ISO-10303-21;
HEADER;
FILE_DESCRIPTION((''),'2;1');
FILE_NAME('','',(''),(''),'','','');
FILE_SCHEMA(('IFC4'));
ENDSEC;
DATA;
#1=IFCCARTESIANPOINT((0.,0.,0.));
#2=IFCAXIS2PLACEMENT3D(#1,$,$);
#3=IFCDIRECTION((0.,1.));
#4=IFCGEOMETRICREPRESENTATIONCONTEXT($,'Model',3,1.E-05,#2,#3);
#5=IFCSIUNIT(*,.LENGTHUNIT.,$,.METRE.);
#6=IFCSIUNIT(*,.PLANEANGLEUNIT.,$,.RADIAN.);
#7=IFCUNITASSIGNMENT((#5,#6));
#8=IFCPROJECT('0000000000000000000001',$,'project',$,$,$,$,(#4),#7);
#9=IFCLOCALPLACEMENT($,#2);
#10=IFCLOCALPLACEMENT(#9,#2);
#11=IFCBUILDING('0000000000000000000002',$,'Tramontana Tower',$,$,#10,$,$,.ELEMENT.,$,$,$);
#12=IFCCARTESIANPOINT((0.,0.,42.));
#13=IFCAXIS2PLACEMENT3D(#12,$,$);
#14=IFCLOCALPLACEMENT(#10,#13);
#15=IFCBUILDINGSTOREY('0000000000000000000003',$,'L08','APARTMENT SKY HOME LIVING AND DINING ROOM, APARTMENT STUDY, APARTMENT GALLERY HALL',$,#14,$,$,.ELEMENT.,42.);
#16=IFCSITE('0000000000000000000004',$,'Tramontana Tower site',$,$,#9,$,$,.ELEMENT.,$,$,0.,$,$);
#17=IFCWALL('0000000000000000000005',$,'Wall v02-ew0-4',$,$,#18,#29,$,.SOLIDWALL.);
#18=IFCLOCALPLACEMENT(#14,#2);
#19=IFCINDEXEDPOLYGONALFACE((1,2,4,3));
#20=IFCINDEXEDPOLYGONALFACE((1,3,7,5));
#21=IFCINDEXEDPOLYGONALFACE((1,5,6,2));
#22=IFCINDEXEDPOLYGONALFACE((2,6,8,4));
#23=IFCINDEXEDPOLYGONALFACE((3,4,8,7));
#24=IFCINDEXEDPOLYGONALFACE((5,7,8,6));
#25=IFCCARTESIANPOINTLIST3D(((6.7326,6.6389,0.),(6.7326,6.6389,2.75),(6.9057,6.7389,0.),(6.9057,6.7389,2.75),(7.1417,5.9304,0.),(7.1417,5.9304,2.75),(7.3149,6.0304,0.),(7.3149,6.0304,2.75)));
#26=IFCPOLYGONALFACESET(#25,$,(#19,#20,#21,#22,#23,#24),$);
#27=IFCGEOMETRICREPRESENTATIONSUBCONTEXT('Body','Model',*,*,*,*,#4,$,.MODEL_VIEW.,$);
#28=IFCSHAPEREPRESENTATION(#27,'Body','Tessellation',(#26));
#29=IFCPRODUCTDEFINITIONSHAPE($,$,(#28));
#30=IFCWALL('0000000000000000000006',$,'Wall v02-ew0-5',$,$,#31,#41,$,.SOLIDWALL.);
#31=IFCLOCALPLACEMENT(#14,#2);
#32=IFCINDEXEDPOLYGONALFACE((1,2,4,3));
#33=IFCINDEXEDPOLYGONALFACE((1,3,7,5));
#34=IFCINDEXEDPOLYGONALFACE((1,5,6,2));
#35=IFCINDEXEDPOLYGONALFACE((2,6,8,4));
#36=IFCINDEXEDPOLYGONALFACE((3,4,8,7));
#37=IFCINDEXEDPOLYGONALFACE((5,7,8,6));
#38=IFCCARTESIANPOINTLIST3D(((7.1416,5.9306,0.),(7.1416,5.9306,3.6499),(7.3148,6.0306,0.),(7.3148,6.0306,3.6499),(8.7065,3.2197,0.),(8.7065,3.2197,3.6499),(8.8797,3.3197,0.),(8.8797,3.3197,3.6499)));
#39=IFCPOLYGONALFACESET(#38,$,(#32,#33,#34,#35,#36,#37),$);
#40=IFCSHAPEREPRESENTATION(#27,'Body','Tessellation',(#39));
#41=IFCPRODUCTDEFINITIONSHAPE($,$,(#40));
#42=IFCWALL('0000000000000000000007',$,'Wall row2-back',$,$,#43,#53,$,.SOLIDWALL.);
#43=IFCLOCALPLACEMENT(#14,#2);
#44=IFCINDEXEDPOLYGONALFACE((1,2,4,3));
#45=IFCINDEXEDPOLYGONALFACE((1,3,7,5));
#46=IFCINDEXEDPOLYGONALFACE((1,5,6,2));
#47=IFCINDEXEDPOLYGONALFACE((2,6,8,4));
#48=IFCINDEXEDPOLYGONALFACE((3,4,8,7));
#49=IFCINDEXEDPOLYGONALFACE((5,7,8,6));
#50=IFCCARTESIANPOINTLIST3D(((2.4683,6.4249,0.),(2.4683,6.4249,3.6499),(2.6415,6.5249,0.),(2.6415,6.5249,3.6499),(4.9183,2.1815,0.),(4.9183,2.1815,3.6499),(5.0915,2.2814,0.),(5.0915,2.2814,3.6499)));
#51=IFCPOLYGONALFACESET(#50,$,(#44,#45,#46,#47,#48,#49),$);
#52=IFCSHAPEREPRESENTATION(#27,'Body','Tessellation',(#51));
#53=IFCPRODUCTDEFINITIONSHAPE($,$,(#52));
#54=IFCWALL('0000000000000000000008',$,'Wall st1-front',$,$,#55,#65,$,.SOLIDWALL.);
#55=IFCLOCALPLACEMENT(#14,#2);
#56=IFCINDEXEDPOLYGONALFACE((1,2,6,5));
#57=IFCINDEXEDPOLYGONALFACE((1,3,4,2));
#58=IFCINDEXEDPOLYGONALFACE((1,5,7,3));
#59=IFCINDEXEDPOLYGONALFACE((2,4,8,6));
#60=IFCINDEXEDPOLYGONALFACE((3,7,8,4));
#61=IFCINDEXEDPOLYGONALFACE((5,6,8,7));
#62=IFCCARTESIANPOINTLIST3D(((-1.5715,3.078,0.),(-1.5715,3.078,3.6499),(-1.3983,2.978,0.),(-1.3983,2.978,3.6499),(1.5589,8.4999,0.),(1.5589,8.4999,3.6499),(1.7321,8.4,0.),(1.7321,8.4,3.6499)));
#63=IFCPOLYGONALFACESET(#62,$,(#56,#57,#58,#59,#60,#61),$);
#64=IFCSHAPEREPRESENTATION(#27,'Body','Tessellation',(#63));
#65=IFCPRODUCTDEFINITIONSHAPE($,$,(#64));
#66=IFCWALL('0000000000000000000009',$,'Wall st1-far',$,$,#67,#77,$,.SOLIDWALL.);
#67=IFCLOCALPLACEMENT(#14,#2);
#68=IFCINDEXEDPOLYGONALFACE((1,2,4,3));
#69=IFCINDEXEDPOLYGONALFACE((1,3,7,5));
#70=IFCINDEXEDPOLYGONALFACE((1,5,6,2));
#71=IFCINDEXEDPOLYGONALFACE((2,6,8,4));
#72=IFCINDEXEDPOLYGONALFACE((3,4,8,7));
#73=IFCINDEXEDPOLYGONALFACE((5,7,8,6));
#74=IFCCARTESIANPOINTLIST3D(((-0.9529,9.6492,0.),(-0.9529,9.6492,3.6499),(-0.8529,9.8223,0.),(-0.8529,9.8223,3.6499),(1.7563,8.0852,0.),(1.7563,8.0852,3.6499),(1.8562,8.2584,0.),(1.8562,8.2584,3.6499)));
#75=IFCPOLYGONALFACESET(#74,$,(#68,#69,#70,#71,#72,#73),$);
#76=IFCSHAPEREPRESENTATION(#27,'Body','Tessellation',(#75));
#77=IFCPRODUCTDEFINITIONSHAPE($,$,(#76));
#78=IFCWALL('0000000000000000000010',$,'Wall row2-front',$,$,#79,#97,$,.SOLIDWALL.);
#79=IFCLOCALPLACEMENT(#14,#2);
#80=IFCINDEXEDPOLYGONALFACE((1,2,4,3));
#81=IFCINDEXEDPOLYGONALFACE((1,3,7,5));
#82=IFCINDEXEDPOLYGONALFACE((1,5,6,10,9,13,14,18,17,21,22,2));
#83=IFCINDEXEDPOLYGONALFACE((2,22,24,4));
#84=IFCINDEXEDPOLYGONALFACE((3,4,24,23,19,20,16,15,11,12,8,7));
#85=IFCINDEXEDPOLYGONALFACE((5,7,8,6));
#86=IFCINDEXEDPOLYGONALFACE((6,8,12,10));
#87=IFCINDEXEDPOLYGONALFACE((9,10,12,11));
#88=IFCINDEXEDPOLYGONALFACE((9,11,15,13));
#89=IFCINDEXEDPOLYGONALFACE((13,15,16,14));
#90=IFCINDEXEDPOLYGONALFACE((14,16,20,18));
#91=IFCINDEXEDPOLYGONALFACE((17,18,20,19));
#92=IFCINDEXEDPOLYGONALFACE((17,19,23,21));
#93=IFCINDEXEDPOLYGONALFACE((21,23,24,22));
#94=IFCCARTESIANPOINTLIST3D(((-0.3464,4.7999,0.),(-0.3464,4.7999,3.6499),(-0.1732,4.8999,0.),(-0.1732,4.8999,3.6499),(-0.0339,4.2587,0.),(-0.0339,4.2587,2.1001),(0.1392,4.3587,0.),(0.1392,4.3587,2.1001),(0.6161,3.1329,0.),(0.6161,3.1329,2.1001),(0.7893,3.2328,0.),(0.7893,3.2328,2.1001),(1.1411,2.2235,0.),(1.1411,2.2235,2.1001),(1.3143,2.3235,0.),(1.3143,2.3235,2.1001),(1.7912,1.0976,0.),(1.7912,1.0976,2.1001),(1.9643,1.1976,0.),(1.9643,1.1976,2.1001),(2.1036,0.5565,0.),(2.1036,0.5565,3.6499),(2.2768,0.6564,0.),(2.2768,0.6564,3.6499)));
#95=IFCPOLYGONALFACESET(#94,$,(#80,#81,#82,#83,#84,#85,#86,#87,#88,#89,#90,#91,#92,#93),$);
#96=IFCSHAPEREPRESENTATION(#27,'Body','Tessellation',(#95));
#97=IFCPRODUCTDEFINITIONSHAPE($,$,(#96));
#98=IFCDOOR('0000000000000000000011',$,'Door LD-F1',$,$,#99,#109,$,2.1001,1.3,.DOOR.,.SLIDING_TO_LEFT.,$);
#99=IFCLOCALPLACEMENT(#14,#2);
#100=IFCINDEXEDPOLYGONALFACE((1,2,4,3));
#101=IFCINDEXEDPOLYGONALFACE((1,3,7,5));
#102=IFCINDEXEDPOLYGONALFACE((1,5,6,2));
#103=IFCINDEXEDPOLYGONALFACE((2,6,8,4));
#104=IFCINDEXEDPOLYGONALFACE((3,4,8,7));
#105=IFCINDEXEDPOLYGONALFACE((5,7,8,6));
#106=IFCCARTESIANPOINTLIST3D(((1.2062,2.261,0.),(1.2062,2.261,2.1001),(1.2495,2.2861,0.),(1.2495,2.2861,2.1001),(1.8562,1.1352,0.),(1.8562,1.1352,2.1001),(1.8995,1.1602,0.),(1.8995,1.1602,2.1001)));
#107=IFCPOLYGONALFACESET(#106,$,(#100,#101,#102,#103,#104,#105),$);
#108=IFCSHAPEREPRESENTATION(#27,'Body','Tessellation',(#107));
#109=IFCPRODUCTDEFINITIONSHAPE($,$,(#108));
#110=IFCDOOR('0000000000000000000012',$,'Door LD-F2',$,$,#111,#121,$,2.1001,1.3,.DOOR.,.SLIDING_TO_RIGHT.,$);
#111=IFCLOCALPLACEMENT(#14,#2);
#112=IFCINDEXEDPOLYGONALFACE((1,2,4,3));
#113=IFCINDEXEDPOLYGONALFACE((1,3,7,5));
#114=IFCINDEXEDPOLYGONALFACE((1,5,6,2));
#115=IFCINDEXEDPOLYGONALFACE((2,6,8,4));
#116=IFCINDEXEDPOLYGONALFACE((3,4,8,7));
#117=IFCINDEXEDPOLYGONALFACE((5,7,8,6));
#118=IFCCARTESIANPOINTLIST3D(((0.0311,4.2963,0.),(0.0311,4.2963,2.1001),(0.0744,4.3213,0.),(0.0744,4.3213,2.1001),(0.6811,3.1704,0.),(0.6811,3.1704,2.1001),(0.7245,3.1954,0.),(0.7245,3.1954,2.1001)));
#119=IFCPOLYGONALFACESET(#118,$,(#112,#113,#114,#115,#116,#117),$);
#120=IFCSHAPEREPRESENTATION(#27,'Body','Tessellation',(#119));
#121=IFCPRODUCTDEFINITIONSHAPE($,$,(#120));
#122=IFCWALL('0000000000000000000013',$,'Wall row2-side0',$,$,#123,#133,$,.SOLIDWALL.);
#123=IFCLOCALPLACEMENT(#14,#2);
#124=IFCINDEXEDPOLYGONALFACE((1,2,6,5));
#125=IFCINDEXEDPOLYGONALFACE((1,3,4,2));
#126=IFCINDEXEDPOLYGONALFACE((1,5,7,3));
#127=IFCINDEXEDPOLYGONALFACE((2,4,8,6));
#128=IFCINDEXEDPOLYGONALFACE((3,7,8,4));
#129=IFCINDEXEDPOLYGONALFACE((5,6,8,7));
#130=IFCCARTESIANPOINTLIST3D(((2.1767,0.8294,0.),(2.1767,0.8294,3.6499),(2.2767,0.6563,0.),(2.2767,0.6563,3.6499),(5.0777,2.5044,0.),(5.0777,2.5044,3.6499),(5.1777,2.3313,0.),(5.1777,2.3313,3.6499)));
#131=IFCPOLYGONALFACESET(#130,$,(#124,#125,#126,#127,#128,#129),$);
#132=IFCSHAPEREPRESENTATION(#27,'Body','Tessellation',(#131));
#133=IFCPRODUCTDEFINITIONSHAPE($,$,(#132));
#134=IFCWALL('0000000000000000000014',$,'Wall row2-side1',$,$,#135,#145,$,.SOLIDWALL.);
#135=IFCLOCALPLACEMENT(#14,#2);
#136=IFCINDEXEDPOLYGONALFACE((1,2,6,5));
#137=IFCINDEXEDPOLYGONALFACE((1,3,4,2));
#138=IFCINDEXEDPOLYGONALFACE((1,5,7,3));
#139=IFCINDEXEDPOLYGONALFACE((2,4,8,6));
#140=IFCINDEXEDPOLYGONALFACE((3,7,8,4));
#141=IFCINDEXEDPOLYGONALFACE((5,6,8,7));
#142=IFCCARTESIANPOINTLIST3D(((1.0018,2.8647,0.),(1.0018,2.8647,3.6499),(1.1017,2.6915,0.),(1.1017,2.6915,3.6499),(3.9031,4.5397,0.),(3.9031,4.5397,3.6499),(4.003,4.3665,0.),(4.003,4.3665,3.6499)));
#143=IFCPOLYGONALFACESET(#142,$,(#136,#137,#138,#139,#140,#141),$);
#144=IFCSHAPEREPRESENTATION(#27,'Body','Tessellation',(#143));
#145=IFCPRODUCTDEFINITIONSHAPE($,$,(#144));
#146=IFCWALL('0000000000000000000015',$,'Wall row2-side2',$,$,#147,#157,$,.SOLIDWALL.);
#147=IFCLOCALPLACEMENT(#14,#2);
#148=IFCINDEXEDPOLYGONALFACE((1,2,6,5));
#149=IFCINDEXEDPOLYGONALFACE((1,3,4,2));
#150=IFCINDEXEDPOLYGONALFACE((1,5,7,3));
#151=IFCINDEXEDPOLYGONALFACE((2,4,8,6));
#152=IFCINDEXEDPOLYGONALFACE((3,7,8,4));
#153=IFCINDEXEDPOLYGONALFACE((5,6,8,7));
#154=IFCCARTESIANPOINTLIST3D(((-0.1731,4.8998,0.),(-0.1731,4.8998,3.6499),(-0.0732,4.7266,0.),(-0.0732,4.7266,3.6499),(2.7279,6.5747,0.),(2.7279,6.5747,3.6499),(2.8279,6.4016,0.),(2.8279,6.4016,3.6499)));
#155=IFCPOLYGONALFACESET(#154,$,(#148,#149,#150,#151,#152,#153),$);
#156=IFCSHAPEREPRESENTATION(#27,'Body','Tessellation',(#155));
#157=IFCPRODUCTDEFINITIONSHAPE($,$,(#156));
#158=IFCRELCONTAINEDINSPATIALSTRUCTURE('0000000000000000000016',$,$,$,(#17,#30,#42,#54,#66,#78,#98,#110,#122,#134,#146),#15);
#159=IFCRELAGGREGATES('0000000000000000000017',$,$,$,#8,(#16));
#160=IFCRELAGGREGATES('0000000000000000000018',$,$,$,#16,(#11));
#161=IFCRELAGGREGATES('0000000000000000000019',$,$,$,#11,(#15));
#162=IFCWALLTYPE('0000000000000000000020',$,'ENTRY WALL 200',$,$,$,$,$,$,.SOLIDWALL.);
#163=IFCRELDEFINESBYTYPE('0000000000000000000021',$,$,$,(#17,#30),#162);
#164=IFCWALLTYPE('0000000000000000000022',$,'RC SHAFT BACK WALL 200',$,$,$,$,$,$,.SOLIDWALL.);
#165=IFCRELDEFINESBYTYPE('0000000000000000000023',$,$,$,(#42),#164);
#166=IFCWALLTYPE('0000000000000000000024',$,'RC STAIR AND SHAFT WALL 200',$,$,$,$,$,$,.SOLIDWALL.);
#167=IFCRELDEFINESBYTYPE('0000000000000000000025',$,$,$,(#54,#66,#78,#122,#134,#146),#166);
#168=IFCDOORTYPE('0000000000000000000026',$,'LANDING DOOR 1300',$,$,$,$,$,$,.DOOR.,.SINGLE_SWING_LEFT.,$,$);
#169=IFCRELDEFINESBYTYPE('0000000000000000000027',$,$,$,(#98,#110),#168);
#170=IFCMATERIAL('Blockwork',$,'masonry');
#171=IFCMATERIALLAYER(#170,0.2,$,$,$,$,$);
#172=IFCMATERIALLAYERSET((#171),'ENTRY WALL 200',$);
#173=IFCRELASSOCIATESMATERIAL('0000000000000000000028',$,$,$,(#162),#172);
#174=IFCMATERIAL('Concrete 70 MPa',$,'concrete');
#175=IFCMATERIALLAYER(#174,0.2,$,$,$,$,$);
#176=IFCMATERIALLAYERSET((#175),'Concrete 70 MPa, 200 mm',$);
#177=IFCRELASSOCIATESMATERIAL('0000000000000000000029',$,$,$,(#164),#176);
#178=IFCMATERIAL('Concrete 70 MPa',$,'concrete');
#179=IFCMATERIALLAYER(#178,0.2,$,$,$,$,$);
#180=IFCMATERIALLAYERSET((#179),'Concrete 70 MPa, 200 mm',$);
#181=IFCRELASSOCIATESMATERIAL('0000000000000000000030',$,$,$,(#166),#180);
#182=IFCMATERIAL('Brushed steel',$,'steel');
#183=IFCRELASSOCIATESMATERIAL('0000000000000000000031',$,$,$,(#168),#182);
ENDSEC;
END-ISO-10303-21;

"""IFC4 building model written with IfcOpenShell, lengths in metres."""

from ifc_helpers import new_model, si_unit, direction, frame, frame_2d, origin, place, context, subcontext, project, spatial, rectangle, extrude, material, layer, layer_set, type_object, element, fill, save


model = new_model("IFC4")

# Units and contexts
model_context = context("Model", 3, precision=1e-05, world=origin(), true_north=direction((0.0, 1.0)))
body_context = subcontext(model_context, "Body", "Model", "MODEL_VIEW")
ifc_project = project(units=[si_unit("LENGTHUNIT", "METRE"), si_unit("PLANEANGLEUNIT", "RADIAN")], contexts=[model_context])

# Site, building, storey
site_placement = place(None, origin())
site = spatial("IfcSite", under=ifc_project, at=site_placement, Name="Tramontana Tower site", CompositionType="ELEMENT", RefElevation=0.0)
building_placement = place(site_placement, origin())
building = spatial("IfcBuilding", under=site, at=building_placement, Name="Tramontana Tower", CompositionType="ELEMENT")
storey_placement = place(building_placement, frame((0.0, 0.0, 42.0)))
storey = spatial("IfcBuildingStorey", under=building, at=storey_placement, Name="L08", Description="APARTMENT SKY HOME LIVING AND DINING ROOM, APARTMENT STUDY, APARTMENT GALLERY HALL", CompositionType="ELEMENT", Elevation=42.0)

# Walls
ifc_material_1 = material(Name="Blockwork", Category="masonry")
ifc_layer_1 = layer(ifc_material_1, 0.2)
ifc_layer_set_1 = layer_set([ifc_layer_1], Name="ENTRY WALL 200")
wall_type_1 = type_object("IfcWallType", Name="ENTRY WALL 200", PredefinedType="SOLIDWALL", material=ifc_layer_set_1)
wall_1_placement = place(storey_placement, frame((6.8191, 6.689, 0.0), z_axis=(0.0, 0.0, 1.0), x_axis=(0.500119, -0.865957, 0.0)))
element("IfcWall", 1, at=wall_1_placement, inside=storey, type_object=wall_type_1, Name="Wall v02-ew0-4", PredefinedType="SOLIDWALL", context=body_context, shape_type="SweptSolid", body=[
    extrude(rectangle(XDim=0.8181, YDim=0.2, at=frame_2d((0.4092, 0.0))), origin(), (0.0, 0.0, 1.0), 2.75),
])
wall_2_placement = place(storey_placement, frame((7.2283, 5.9805, 0.0), z_axis=(0.0, 0.0, 1.0), x_axis=(0.499948, -0.866056, 0.0)))
element("IfcWall", 2, at=wall_2_placement, inside=storey, type_object=wall_type_1, Name="Wall v02-ew0-5", PredefinedType="SOLIDWALL", context=body_context, shape_type="SweptSolid", body=[
    extrude(rectangle(XDim=3.1301, YDim=0.2, at=frame_2d((1.5649, 0.0))), origin(), (0.0, 0.0, 1.0), 3.6499),
])
ifc_material_2 = material(Name="Concrete 70 MPa", Category="concrete")
ifc_layer_2 = layer(ifc_material_2, 0.2)
ifc_layer_set_2 = layer_set([ifc_layer_2], Name="Concrete 70 MPa, 200 mm")
wall_type_2 = type_object("IfcWallType", Name="RC SHAFT BACK WALL 200", PredefinedType="SOLIDWALL", material=ifc_layer_set_2)
wall_3_placement = place(storey_placement, frame((5.0049, 2.2314, 0.0), z_axis=(0.0, 0.0, 1.0), x_axis=(-0.500003, 0.866024, 0.0)))
element("IfcWall", 3, at=wall_3_placement, inside=storey, type_object=wall_type_2, Name="Wall row2-back", PredefinedType="SOLIDWALL", context=body_context, shape_type="SweptSolid", body=[
    extrude(rectangle(XDim=4.8999, YDim=0.2, at=frame_2d((2.45, 0.0))), origin(), (0.0, 0.0, 1.0), 3.6499),
])
ifc_material_3 = material(Name="Concrete 70 MPa", Category="concrete")
ifc_layer_3 = layer(ifc_material_3, 0.2)
ifc_layer_set_3 = layer_set([ifc_layer_3], Name="Concrete 70 MPa, 200 mm")
wall_type_3 = type_object("IfcWallType", Name="RC STAIR AND SHAFT WALL 200", PredefinedType="SOLIDWALL", material=ifc_layer_set_3)
wall_4_placement = place(storey_placement, frame((1.6455, 8.45, 0.0), z_axis=(0.0, 0.0, 1.0), x_axis=(-0.500006, -0.866022, 0.0)))
element("IfcWall", 4, at=wall_4_placement, inside=storey, type_object=wall_type_3, Name="Wall st1-front", PredefinedType="SOLIDWALL", context=body_context, shape_type="SweptSolid", body=[
    extrude(rectangle(XDim=6.2607, YDim=0.2, at=frame_2d((3.1304, 0.0))), origin(), (0.0, 0.0, 1.0), 3.6499),
])
wall_5_placement = place(storey_placement, frame((1.8062, 8.1719, 0.0), z_axis=(0.0, 0.0, 1.0), x_axis=(-0.866054, 0.49995, 0.0)))
element("IfcWall", 5, at=wall_5_placement, inside=storey, type_object=wall_type_3, Name="Wall st1-far", PredefinedType="SOLIDWALL", context=body_context, shape_type="SweptSolid", body=[
    extrude(rectangle(XDim=3.1282, YDim=0.2, at=frame_2d((1.564, 0.0))), origin(), (0.0, 0.0, 1.0), 3.6499),
])

# Wall, openings, doors
wall_6_placement = place(storey_placement, frame((2.1902, 0.6064, 0.0), z_axis=(0.0, 0.0, 1.0), x_axis=(-0.500003, 0.866024, 0.0)))
wall_6 = element("IfcWall", 6, at=wall_6_placement, inside=storey, type_object=wall_type_3, Name="Wall row2-front", PredefinedType="SOLIDWALL", context=body_context, shape_type="SweptSolid", body=[
    extrude(rectangle(XDim=4.8999, YDim=0.2, at=frame_2d((2.45, 0.0))), origin(), (0.0, 0.0, 1.0), 3.6499),
])
opening_1_placement = place(wall_6_placement, frame((0.625, 0.0, 0.0)))
opening_1 = element("IfcOpeningElement", 7, at=opening_1_placement, cuts=wall_6, PredefinedType="OPENING", context=body_context, shape_type="SweptSolid", body=[
    extrude(rectangle(XDim=1.3, YDim=2.1001, at=frame_2d((0.6499, 1.05))), frame((0.0, 0.1099, 0.0), z_axis=(0.0, -1.0, 0.0), x_axis=(1.0, 0.0, 0.0)), (0.0, 0.0, 1.0), 0.22),
])
opening_2_placement = place(wall_6_placement, frame((2.9751, 0.0, 0.0)))
opening_2 = element("IfcOpeningElement", 8, at=opening_2_placement, cuts=wall_6, PredefinedType="OPENING", context=body_context, shape_type="SweptSolid", body=[
    extrude(rectangle(XDim=1.3, YDim=2.1001, at=frame_2d((0.6499, 1.05))), frame((0.0, 0.1099, 0.0), z_axis=(0.0, -1.0, 0.0), x_axis=(1.0, 0.0, 0.0)), (0.0, 0.0, 1.0), 0.22),
])
ifc_material_4 = material(Name="Brushed steel", Category="steel")
door_type_1 = type_object("IfcDoorType", Name="LANDING DOOR 1300", OperationType="SINGLE_SWING_LEFT", PredefinedType="DOOR", material=ifc_material_4)
door_1_placement = place(opening_1_placement, origin())
door_1 = element("IfcDoor", 9, at=door_1_placement, inside=storey, type_object=door_type_1, Name="Door LD-F1", OperationType="SLIDING_TO_LEFT", OverallHeight=2.1001, OverallWidth=1.3, PredefinedType="DOOR", context=body_context, shape_type="SweptSolid", body=[
    extrude(rectangle(XDim=1.3, YDim=2.1001, at=frame_2d((0.6499, 1.05))), frame((0.0, 0.0249, 0.0), z_axis=(0.0, -1.0, 0.0), x_axis=(1.0, 0.0, 0.0)), (0.0, 0.0, 1.0), 0.05),
])
fill(opening_1, door_1)
door_2_placement = place(opening_2_placement, origin())
door_2 = element("IfcDoor", 10, at=door_2_placement, inside=storey, type_object=door_type_1, Name="Door LD-F2", OperationType="SLIDING_TO_RIGHT", OverallHeight=2.1001, OverallWidth=1.3, PredefinedType="DOOR", context=body_context, shape_type="SweptSolid", body=[
    extrude(rectangle(XDim=1.3, YDim=2.1001, at=frame_2d((0.6499, 1.05))), frame((0.0, 0.0249, 0.0), z_axis=(0.0, -1.0, 0.0), x_axis=(1.0, 0.0, 0.0)), (0.0, 0.0, 1.0), 0.05),
])
fill(opening_2, door_2)

# Walls
wall_7_placement = place(storey_placement, frame((2.2268, 0.7429, 0.0), z_axis=(0.0, 0.0, 1.0), x_axis=(0.866014, 0.500019, 0.0)))
element("IfcWall", 11, at=wall_7_placement, inside=storey, type_object=wall_type_3, Name="Wall row2-side0", PredefinedType="SOLIDWALL", context=body_context, shape_type="SweptSolid", body=[
    extrude(rectangle(XDim=3.3499, YDim=0.2, at=frame_2d((1.6748, 0.0))), origin(), (0.0, 0.0, 1.0), 3.6499),
])
wall_8_placement = place(storey_placement, frame((1.0518, 2.7781, 0.0), z_axis=(0.0, 0.0, 1.0), x_axis=(0.866033, 0.499987, 0.0)))
element("IfcWall", 12, at=wall_8_placement, inside=storey, type_object=wall_type_3, Name="Wall row2-side1", PredefinedType="SOLIDWALL", context=body_context, shape_type="SweptSolid", body=[
    extrude(rectangle(XDim=3.3501, YDim=0.2, at=frame_2d((1.675, 0.0))), origin(), (0.0, 0.0, 1.0), 3.6499),
])
wall_9_placement = place(storey_placement, frame((-0.123, 4.8132, 0.0), z_axis=(0.0, 0.0, 1.0), x_axis=(0.866014, 0.500019, 0.0)))
element("IfcWall", 13, at=wall_9_placement, inside=storey, type_object=wall_type_3, Name="Wall row2-side2", PredefinedType="SOLIDWALL", context=body_context, shape_type="SweptSolid", body=[
    extrude(rectangle(XDim=3.3499, YDim=0.2, at=frame_2d((1.6748, 0.0))), origin(), (0.0, 0.0, 1.0), 3.6499),
])

save(model, "model.ifc")
